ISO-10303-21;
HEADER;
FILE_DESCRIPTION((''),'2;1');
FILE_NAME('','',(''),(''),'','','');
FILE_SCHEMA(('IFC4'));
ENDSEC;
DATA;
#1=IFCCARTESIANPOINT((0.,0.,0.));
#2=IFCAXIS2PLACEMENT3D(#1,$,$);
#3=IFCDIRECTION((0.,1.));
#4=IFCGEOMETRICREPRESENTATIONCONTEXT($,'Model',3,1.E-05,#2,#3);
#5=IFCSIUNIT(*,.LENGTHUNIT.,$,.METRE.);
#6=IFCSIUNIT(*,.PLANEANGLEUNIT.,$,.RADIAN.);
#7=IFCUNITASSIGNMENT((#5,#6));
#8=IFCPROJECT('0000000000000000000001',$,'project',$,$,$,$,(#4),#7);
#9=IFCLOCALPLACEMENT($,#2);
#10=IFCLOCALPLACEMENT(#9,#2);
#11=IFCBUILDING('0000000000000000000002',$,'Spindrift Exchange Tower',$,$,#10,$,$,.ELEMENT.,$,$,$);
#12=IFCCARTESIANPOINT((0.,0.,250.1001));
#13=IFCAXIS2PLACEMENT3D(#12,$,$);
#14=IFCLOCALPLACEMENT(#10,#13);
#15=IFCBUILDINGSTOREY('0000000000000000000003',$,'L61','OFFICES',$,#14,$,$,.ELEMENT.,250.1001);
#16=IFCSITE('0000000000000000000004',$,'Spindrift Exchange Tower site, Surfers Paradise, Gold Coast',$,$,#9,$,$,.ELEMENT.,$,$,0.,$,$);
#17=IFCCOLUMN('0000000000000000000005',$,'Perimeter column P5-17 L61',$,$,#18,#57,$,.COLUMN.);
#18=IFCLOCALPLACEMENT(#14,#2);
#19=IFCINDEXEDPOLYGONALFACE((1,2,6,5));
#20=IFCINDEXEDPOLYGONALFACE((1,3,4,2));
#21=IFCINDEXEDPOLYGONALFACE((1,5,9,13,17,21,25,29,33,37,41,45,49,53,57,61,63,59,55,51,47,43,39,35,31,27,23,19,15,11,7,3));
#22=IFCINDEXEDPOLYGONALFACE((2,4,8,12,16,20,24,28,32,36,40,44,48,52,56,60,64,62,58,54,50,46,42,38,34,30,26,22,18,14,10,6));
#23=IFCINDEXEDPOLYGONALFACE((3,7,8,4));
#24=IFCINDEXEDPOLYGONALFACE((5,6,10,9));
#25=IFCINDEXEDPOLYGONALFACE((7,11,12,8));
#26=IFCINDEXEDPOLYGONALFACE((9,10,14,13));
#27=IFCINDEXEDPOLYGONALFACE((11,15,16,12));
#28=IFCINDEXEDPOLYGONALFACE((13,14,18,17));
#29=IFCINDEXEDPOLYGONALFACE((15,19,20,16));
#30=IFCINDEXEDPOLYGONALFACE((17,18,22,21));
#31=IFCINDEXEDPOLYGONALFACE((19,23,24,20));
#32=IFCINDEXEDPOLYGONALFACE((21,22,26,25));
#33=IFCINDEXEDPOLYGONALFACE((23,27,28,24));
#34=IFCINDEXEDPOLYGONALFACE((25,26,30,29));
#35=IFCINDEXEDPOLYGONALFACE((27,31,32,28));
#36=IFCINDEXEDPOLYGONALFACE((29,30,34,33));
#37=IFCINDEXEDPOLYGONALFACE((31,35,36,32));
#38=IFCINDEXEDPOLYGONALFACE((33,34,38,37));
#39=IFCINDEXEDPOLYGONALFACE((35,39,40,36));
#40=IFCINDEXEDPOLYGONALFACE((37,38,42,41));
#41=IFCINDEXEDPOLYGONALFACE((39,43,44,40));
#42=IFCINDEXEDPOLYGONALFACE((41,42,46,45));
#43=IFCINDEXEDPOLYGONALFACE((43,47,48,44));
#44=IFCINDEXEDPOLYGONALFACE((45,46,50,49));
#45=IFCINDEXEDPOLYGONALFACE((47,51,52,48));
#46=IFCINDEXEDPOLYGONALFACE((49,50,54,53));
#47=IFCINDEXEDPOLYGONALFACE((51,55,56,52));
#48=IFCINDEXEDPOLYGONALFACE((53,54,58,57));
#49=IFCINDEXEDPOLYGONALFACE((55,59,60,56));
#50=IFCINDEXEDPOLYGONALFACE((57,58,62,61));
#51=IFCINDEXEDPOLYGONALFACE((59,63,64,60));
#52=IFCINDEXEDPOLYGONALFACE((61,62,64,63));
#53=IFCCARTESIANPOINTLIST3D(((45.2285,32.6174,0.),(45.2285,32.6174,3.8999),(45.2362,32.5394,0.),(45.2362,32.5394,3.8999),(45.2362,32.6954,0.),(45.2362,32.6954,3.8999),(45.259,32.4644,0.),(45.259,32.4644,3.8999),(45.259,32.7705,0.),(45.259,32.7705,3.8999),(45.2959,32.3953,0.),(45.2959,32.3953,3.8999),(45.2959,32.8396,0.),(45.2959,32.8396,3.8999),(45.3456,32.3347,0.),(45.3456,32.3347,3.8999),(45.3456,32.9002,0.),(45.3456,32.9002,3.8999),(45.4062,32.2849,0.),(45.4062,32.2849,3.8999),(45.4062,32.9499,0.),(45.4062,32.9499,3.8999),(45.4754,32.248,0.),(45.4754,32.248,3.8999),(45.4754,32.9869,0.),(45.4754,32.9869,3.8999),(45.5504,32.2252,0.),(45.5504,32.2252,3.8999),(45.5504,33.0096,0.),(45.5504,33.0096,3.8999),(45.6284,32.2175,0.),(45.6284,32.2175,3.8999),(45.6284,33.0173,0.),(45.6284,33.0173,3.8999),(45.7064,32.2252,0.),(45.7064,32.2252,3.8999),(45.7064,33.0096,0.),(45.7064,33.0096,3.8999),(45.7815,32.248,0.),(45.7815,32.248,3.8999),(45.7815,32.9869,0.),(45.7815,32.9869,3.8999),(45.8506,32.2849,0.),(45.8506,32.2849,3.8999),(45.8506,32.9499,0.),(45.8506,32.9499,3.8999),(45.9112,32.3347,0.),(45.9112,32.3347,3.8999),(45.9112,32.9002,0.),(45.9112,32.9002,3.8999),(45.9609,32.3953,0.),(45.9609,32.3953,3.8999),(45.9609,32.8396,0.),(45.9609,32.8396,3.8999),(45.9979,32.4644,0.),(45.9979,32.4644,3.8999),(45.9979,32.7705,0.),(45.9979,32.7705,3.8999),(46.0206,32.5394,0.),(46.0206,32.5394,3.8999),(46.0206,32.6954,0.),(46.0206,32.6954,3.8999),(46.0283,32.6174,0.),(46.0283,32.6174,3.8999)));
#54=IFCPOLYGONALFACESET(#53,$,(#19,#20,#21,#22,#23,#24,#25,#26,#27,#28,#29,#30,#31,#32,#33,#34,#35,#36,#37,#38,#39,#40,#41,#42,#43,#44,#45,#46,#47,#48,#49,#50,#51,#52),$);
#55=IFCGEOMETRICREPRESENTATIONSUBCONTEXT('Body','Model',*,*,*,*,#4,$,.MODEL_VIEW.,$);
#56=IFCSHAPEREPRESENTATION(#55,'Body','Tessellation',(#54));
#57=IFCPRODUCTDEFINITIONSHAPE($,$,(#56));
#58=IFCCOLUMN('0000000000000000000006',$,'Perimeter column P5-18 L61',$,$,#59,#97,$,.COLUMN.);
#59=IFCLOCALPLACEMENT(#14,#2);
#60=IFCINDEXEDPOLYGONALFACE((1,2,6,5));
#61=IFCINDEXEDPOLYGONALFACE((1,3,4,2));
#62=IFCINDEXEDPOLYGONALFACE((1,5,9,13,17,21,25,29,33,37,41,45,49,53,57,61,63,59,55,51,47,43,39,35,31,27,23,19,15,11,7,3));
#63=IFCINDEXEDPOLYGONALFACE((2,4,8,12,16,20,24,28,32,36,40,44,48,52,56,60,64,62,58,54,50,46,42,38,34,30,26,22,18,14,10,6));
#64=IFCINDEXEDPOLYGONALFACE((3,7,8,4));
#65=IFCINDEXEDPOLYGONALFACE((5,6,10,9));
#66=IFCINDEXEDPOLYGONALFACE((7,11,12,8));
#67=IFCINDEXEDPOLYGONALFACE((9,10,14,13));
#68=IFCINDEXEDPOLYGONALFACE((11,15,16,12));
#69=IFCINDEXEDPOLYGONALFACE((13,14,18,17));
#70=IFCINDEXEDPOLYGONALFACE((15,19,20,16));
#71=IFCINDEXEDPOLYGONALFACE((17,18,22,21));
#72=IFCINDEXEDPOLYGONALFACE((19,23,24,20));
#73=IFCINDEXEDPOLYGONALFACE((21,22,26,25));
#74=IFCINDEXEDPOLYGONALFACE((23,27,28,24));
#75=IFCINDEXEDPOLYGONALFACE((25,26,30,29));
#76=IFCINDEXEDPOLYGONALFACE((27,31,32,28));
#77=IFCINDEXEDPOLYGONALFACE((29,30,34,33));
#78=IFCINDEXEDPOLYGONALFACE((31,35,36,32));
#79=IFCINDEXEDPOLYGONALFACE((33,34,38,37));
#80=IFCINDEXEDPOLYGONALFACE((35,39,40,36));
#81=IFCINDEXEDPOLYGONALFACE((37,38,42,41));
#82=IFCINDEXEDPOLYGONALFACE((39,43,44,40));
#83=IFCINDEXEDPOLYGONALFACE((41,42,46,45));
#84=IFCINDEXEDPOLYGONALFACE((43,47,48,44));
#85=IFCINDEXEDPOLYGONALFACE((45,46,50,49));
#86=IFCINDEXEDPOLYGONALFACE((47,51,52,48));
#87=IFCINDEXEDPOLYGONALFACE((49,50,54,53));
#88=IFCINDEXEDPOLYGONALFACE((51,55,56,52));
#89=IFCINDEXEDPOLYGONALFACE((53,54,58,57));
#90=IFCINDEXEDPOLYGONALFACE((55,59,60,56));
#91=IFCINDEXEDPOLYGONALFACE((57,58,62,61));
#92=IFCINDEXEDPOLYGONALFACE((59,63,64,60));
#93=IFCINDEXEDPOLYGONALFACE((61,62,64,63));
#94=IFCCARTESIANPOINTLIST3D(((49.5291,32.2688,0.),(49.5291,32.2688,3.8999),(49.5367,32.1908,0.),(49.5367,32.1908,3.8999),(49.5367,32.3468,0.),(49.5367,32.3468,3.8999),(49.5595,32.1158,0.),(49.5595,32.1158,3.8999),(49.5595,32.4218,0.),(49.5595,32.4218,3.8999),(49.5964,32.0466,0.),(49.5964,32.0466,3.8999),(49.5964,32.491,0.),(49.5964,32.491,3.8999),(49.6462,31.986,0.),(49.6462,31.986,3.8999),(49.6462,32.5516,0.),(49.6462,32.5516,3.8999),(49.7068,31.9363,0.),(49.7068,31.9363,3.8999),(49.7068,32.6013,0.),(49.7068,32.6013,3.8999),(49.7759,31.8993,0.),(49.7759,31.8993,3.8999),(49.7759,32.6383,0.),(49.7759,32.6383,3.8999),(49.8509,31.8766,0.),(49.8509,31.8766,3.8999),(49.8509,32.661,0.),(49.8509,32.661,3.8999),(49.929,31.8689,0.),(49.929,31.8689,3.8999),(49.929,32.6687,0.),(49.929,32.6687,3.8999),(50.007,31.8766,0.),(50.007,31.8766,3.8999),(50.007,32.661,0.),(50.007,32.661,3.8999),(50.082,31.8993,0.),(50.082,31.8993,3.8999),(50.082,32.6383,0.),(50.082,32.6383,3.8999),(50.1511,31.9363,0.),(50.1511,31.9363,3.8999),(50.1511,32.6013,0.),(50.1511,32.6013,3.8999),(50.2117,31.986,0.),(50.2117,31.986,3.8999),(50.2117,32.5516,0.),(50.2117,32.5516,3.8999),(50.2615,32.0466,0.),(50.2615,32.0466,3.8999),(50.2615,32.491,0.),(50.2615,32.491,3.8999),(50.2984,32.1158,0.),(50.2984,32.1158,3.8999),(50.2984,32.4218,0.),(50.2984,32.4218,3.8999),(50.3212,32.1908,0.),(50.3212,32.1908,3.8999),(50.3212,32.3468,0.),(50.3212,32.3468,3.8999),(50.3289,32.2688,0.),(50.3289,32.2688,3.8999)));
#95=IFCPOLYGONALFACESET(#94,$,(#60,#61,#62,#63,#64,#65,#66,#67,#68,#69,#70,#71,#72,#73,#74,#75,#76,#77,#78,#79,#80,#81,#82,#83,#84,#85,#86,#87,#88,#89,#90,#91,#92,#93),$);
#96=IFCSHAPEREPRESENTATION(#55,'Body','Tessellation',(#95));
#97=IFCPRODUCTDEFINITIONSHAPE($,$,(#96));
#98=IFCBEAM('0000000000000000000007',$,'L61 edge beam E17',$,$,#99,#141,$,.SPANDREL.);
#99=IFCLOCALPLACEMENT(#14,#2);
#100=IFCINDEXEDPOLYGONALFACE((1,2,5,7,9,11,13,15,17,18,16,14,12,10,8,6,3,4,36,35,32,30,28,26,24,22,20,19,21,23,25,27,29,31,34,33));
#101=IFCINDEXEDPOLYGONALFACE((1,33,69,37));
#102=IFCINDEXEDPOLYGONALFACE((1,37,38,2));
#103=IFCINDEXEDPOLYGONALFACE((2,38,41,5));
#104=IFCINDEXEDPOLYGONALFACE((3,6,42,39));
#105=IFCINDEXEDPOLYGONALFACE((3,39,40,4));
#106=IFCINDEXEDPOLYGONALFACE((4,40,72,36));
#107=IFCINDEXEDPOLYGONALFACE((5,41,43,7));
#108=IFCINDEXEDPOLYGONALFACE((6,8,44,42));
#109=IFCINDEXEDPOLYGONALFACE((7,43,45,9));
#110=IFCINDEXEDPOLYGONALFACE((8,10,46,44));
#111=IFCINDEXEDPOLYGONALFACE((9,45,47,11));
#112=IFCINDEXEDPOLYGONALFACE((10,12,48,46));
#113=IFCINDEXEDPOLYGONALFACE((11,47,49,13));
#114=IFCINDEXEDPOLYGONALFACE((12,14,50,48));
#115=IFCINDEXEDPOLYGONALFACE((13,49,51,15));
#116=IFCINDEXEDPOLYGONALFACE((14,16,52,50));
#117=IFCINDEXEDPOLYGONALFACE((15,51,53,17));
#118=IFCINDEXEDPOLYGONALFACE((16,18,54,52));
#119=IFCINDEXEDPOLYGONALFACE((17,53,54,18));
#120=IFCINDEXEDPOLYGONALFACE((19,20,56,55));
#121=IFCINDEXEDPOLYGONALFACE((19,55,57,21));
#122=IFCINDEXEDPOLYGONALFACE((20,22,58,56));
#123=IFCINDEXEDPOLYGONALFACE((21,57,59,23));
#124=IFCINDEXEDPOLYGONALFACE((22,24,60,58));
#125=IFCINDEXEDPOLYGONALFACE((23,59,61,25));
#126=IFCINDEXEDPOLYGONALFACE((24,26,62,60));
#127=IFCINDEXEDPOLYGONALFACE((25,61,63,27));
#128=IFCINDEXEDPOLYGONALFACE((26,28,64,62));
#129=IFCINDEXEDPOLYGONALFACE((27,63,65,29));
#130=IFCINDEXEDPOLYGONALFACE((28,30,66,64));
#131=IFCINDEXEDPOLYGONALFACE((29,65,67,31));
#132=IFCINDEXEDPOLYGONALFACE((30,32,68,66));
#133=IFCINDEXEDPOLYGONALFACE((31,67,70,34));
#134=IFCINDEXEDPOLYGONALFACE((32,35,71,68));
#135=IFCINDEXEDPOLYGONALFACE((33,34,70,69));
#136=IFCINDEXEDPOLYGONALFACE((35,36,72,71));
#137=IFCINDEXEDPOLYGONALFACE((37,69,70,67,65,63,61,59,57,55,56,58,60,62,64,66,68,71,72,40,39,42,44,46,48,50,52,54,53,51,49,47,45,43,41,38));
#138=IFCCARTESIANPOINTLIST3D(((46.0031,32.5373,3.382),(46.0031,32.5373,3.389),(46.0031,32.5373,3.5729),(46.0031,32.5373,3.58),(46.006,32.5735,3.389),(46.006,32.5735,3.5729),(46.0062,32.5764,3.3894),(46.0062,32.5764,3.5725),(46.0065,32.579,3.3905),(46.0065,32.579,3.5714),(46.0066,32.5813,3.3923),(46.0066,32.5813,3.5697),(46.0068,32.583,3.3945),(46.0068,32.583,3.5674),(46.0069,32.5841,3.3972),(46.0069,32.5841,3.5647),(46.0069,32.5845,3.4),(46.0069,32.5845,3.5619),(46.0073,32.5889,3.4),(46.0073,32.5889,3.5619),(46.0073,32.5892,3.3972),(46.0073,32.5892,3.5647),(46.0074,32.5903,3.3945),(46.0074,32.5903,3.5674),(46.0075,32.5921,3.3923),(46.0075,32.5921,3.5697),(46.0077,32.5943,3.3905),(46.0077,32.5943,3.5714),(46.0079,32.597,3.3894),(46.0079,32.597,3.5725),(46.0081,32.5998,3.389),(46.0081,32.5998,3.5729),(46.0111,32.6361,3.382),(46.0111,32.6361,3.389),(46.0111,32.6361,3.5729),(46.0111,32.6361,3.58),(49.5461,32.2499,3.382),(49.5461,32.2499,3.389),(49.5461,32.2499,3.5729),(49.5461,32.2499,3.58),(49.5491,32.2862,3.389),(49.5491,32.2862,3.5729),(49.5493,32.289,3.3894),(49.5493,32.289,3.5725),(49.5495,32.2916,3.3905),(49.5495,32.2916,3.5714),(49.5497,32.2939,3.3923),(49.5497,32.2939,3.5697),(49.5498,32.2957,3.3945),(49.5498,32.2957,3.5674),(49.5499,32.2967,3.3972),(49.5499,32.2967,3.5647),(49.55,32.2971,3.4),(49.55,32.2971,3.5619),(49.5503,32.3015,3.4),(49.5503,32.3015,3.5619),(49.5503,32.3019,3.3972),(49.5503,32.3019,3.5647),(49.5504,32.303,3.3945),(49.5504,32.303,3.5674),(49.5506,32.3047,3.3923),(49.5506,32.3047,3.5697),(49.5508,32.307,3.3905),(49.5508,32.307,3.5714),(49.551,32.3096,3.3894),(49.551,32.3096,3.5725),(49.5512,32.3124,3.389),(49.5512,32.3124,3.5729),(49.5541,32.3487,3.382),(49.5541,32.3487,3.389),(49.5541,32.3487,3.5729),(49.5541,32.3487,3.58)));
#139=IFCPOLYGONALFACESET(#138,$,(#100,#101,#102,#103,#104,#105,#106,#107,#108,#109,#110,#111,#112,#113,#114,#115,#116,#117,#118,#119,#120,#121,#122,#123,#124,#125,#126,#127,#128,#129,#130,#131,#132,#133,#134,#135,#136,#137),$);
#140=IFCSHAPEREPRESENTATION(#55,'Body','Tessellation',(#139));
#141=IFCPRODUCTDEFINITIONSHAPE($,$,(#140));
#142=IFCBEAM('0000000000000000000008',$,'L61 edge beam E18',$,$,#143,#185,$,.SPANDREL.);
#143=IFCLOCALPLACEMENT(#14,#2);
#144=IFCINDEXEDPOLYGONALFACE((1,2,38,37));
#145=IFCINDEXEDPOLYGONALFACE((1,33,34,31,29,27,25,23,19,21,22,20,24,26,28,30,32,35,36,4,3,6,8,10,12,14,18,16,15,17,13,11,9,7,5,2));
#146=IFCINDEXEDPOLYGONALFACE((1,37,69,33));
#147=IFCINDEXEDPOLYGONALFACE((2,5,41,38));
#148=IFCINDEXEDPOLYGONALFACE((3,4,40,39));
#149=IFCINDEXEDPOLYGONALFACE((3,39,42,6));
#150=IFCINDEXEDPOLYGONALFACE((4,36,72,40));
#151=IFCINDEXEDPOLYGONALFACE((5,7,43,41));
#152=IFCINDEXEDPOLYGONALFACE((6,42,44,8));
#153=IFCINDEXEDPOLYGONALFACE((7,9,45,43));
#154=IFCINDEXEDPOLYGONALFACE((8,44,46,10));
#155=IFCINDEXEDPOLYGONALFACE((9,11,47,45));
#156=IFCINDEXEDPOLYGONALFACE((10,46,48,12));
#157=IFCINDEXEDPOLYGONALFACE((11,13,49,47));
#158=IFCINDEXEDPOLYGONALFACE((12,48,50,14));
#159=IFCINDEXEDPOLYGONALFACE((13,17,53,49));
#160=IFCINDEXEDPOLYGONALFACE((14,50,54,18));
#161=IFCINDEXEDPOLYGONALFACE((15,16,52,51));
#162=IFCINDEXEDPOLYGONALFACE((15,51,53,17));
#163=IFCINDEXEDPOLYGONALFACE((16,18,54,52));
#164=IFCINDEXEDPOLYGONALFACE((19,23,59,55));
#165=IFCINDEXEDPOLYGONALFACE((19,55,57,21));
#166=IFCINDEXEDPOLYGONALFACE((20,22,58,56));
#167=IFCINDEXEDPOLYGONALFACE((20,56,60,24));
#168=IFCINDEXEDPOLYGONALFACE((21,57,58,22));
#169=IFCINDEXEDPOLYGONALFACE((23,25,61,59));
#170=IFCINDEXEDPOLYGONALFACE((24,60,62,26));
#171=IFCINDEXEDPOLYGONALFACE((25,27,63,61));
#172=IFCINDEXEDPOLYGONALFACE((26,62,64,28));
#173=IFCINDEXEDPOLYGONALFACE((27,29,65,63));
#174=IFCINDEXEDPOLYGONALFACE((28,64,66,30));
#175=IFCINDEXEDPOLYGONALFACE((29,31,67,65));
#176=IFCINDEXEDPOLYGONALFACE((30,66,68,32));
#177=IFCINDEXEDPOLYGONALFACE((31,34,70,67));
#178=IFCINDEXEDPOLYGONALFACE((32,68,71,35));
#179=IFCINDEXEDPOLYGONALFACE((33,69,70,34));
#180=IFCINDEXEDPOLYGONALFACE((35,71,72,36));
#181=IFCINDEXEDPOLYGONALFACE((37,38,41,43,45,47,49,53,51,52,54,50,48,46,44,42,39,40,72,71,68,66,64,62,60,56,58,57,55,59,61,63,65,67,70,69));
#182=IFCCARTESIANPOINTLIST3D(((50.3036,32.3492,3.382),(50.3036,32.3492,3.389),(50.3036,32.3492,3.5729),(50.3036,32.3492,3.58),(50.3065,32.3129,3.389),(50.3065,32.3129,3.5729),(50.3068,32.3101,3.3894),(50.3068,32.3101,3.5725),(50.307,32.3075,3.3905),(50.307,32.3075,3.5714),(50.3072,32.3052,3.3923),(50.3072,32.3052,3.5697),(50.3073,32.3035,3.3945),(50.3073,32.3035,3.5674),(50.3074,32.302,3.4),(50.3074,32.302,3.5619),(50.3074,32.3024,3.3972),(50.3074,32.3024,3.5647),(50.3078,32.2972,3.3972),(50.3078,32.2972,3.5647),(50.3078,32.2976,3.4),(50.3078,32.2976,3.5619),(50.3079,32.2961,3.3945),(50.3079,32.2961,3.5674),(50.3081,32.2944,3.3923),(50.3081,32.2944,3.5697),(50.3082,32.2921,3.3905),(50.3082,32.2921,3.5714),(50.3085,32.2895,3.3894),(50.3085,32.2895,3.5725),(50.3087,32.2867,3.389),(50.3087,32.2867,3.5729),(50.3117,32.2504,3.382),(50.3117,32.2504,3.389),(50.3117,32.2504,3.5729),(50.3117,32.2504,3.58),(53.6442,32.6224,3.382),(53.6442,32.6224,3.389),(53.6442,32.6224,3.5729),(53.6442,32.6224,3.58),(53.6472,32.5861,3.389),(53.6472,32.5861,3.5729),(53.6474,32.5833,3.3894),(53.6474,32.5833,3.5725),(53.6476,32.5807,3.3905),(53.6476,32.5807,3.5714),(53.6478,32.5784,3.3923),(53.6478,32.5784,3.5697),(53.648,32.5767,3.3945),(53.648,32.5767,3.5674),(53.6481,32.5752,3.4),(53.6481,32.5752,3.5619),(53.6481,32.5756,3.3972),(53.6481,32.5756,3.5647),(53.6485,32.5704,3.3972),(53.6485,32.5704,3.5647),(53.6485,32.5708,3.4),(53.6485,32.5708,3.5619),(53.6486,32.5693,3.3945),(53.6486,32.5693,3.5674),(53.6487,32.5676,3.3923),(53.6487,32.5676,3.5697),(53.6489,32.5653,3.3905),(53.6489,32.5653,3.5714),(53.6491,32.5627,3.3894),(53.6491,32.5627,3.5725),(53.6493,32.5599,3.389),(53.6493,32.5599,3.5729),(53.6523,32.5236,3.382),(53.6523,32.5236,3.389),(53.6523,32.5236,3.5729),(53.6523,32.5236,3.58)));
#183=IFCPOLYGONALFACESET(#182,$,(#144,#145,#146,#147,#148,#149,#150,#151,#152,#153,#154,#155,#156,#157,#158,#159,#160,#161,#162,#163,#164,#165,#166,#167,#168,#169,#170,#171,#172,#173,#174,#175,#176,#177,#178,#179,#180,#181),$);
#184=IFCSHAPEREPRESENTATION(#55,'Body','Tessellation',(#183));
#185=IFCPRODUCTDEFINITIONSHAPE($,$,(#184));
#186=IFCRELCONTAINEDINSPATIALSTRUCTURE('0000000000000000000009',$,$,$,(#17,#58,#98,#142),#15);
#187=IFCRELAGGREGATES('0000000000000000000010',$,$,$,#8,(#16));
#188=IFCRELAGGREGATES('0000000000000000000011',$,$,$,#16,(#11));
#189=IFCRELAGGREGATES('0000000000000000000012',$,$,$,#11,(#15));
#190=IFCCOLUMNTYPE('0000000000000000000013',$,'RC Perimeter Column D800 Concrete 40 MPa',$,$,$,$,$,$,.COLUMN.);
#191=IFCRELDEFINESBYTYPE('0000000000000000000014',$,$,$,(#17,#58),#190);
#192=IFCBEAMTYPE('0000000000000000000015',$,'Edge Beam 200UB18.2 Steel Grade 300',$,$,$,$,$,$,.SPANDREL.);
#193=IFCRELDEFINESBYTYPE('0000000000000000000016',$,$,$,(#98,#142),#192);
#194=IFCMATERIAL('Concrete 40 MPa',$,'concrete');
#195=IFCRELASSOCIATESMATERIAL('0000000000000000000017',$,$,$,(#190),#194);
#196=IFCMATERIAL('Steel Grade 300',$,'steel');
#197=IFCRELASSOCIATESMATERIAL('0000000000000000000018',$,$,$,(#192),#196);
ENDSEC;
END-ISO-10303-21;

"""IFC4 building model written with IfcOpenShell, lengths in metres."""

from ifc_helpers import new_model, si_unit, direction, frame, origin, origin_2d, place, context, subcontext, project, spatial, circle, i_section, extrude, source, transform, mapped, material, material_profile, profile_set, type_object, element, save


model = new_model("IFC4")

# Units and contexts
model_context = context("Model", 3, precision=1e-05, world=origin(), true_north=direction((0.0, 1.0)))
body_context = subcontext(model_context, "Body", "Model", "MODEL_VIEW")
ifc_project = project(units=[si_unit("LENGTHUNIT", "METRE"), si_unit("PLANEANGLEUNIT", "RADIAN")], contexts=[model_context])

# Site, building, storey
site_placement = place(None, origin())
site = spatial("IfcSite", under=ifc_project, at=site_placement, Name="Spindrift Exchange Tower site, Surfers Paradise, Gold Coast", CompositionType="ELEMENT", RefElevation=0.0)
building_placement = place(site_placement, origin())
building = spatial("IfcBuilding", under=site, at=building_placement, Name="Spindrift Exchange Tower", CompositionType="ELEMENT")
storey_placement = place(building_placement, frame((0.0, 0.0, 250.1001)))
storey = spatial("IfcBuildingStorey", under=building, at=storey_placement, Name="L61", Description="OFFICES", CompositionType="ELEMENT", Elevation=250.1001)

# Columns
ifc_material_1 = material(Name="Concrete 40 MPa", Category="concrete")
ifc_material_profile_1 = material_profile(ifc_material_1, circle(Radius=0.3999, at=origin_2d()), Name="RC D800")
ifc_profile_set_1 = profile_set([ifc_material_profile_1], Name="Concrete 40 MPa")
column_type = type_object("IfcColumnType", Name="RC Perimeter Column D800 Concrete 40 MPa", PredefinedType="COLUMN", material=ifc_profile_set_1)
shared_shape_1 = source(origin(), body_context, "Body", "SweptSolid", [
    extrude(circle(Radius=0.3999, at=origin_2d()), origin(), (0.0, 0.0, 1.0), 3.8999),
])
for number, where, z_axis, x_axis, name in (
    (1, (45.6284, 32.6174, 0.0), (0.0, 0.0, 1.0), (1.0, 0.0, 0.0), "Perimeter column P5-17 L61"),
    (2, (49.929, 32.2688, 0.0), (0.0, 0.0, 1.0), (1.0, 0.0, 0.0), "Perimeter column P5-18 L61"),
):
    element("IfcColumn", number, at=place(storey_placement, frame(where, z_axis=z_axis, x_axis=x_axis)), inside=storey, type_object=column_type, Name=name, PredefinedType="COLUMN", context=body_context, shape_type="MappedRepresentation", body=[
        mapped(shared_shape_1, transform((0.0, 0.0, 0.0), scale=1.0)),
    ])

# Beams
ifc_material_2 = material(Name="Steel Grade 300", Category="steel")
ifc_material_profile_2 = material_profile(ifc_material_2, i_section(OverallWidth=0.0991, OverallDepth=0.198, WebThickness=0.0044, FlangeThickness=0.0071, FilletRadius=0.011, at=origin_2d()), Name="200UB18.2")
ifc_profile_set_2 = profile_set([ifc_material_profile_2], Name="Steel Grade 300")
beam_type_1 = type_object("IfcBeamType", Name="Edge Beam 200UB18.2 Steel Grade 300", PredefinedType="SPANDREL", material=ifc_profile_set_2)
shared_shape_2 = source(origin(), body_context, "Body", "SweptSolid", [
    extrude(i_section(OverallWidth=0.0991, OverallDepth=0.198, WebThickness=0.0044, FlangeThickness=0.0071, FilletRadius=0.011, at=origin_2d()), origin(), (0.0, 0.0, 1.0), 3.5547),
])
beam_1_placement = place(storey_placement, frame((46.0071, 32.5867, 3.481), z_axis=(0.996727, -0.08084, 0.0), x_axis=(0.08084, 0.996727, 0.0)))
element("IfcBeam", 3, at=beam_1_placement, inside=storey, type_object=beam_type_1, Name="L61 edge beam E17", PredefinedType="SPANDREL", context=body_context, shape_type="MappedRepresentation", body=[
    mapped(shared_shape_2, transform((0.0, 0.0, 0.0), scale=1.0)),
])
shared_shape_3 = source(origin(), body_context, "Body", "SweptSolid", [
    extrude(i_section(OverallWidth=0.0991, OverallDepth=0.198, WebThickness=0.0044, FlangeThickness=0.0071, FilletRadius=0.011, at=origin_2d()), origin(), (0.0, 0.0, 1.0), 3.3518),
])
beam_2_placement = place(storey_placement, frame((50.3076, 32.2998, 3.481), z_axis=(0.996673, 0.081508, 0.0), x_axis=(-0.081508, 0.996673, 0.0)))
element("IfcBeam", 4, at=beam_2_placement, inside=storey, type_object=beam_type_1, Name="L61 edge beam E18", PredefinedType="SPANDREL", context=body_context, shape_type="MappedRepresentation", body=[
    mapped(shared_shape_3, transform((0.0, 0.0, 0.0), scale=1.0)),
])

save(model, "model.ifc")
